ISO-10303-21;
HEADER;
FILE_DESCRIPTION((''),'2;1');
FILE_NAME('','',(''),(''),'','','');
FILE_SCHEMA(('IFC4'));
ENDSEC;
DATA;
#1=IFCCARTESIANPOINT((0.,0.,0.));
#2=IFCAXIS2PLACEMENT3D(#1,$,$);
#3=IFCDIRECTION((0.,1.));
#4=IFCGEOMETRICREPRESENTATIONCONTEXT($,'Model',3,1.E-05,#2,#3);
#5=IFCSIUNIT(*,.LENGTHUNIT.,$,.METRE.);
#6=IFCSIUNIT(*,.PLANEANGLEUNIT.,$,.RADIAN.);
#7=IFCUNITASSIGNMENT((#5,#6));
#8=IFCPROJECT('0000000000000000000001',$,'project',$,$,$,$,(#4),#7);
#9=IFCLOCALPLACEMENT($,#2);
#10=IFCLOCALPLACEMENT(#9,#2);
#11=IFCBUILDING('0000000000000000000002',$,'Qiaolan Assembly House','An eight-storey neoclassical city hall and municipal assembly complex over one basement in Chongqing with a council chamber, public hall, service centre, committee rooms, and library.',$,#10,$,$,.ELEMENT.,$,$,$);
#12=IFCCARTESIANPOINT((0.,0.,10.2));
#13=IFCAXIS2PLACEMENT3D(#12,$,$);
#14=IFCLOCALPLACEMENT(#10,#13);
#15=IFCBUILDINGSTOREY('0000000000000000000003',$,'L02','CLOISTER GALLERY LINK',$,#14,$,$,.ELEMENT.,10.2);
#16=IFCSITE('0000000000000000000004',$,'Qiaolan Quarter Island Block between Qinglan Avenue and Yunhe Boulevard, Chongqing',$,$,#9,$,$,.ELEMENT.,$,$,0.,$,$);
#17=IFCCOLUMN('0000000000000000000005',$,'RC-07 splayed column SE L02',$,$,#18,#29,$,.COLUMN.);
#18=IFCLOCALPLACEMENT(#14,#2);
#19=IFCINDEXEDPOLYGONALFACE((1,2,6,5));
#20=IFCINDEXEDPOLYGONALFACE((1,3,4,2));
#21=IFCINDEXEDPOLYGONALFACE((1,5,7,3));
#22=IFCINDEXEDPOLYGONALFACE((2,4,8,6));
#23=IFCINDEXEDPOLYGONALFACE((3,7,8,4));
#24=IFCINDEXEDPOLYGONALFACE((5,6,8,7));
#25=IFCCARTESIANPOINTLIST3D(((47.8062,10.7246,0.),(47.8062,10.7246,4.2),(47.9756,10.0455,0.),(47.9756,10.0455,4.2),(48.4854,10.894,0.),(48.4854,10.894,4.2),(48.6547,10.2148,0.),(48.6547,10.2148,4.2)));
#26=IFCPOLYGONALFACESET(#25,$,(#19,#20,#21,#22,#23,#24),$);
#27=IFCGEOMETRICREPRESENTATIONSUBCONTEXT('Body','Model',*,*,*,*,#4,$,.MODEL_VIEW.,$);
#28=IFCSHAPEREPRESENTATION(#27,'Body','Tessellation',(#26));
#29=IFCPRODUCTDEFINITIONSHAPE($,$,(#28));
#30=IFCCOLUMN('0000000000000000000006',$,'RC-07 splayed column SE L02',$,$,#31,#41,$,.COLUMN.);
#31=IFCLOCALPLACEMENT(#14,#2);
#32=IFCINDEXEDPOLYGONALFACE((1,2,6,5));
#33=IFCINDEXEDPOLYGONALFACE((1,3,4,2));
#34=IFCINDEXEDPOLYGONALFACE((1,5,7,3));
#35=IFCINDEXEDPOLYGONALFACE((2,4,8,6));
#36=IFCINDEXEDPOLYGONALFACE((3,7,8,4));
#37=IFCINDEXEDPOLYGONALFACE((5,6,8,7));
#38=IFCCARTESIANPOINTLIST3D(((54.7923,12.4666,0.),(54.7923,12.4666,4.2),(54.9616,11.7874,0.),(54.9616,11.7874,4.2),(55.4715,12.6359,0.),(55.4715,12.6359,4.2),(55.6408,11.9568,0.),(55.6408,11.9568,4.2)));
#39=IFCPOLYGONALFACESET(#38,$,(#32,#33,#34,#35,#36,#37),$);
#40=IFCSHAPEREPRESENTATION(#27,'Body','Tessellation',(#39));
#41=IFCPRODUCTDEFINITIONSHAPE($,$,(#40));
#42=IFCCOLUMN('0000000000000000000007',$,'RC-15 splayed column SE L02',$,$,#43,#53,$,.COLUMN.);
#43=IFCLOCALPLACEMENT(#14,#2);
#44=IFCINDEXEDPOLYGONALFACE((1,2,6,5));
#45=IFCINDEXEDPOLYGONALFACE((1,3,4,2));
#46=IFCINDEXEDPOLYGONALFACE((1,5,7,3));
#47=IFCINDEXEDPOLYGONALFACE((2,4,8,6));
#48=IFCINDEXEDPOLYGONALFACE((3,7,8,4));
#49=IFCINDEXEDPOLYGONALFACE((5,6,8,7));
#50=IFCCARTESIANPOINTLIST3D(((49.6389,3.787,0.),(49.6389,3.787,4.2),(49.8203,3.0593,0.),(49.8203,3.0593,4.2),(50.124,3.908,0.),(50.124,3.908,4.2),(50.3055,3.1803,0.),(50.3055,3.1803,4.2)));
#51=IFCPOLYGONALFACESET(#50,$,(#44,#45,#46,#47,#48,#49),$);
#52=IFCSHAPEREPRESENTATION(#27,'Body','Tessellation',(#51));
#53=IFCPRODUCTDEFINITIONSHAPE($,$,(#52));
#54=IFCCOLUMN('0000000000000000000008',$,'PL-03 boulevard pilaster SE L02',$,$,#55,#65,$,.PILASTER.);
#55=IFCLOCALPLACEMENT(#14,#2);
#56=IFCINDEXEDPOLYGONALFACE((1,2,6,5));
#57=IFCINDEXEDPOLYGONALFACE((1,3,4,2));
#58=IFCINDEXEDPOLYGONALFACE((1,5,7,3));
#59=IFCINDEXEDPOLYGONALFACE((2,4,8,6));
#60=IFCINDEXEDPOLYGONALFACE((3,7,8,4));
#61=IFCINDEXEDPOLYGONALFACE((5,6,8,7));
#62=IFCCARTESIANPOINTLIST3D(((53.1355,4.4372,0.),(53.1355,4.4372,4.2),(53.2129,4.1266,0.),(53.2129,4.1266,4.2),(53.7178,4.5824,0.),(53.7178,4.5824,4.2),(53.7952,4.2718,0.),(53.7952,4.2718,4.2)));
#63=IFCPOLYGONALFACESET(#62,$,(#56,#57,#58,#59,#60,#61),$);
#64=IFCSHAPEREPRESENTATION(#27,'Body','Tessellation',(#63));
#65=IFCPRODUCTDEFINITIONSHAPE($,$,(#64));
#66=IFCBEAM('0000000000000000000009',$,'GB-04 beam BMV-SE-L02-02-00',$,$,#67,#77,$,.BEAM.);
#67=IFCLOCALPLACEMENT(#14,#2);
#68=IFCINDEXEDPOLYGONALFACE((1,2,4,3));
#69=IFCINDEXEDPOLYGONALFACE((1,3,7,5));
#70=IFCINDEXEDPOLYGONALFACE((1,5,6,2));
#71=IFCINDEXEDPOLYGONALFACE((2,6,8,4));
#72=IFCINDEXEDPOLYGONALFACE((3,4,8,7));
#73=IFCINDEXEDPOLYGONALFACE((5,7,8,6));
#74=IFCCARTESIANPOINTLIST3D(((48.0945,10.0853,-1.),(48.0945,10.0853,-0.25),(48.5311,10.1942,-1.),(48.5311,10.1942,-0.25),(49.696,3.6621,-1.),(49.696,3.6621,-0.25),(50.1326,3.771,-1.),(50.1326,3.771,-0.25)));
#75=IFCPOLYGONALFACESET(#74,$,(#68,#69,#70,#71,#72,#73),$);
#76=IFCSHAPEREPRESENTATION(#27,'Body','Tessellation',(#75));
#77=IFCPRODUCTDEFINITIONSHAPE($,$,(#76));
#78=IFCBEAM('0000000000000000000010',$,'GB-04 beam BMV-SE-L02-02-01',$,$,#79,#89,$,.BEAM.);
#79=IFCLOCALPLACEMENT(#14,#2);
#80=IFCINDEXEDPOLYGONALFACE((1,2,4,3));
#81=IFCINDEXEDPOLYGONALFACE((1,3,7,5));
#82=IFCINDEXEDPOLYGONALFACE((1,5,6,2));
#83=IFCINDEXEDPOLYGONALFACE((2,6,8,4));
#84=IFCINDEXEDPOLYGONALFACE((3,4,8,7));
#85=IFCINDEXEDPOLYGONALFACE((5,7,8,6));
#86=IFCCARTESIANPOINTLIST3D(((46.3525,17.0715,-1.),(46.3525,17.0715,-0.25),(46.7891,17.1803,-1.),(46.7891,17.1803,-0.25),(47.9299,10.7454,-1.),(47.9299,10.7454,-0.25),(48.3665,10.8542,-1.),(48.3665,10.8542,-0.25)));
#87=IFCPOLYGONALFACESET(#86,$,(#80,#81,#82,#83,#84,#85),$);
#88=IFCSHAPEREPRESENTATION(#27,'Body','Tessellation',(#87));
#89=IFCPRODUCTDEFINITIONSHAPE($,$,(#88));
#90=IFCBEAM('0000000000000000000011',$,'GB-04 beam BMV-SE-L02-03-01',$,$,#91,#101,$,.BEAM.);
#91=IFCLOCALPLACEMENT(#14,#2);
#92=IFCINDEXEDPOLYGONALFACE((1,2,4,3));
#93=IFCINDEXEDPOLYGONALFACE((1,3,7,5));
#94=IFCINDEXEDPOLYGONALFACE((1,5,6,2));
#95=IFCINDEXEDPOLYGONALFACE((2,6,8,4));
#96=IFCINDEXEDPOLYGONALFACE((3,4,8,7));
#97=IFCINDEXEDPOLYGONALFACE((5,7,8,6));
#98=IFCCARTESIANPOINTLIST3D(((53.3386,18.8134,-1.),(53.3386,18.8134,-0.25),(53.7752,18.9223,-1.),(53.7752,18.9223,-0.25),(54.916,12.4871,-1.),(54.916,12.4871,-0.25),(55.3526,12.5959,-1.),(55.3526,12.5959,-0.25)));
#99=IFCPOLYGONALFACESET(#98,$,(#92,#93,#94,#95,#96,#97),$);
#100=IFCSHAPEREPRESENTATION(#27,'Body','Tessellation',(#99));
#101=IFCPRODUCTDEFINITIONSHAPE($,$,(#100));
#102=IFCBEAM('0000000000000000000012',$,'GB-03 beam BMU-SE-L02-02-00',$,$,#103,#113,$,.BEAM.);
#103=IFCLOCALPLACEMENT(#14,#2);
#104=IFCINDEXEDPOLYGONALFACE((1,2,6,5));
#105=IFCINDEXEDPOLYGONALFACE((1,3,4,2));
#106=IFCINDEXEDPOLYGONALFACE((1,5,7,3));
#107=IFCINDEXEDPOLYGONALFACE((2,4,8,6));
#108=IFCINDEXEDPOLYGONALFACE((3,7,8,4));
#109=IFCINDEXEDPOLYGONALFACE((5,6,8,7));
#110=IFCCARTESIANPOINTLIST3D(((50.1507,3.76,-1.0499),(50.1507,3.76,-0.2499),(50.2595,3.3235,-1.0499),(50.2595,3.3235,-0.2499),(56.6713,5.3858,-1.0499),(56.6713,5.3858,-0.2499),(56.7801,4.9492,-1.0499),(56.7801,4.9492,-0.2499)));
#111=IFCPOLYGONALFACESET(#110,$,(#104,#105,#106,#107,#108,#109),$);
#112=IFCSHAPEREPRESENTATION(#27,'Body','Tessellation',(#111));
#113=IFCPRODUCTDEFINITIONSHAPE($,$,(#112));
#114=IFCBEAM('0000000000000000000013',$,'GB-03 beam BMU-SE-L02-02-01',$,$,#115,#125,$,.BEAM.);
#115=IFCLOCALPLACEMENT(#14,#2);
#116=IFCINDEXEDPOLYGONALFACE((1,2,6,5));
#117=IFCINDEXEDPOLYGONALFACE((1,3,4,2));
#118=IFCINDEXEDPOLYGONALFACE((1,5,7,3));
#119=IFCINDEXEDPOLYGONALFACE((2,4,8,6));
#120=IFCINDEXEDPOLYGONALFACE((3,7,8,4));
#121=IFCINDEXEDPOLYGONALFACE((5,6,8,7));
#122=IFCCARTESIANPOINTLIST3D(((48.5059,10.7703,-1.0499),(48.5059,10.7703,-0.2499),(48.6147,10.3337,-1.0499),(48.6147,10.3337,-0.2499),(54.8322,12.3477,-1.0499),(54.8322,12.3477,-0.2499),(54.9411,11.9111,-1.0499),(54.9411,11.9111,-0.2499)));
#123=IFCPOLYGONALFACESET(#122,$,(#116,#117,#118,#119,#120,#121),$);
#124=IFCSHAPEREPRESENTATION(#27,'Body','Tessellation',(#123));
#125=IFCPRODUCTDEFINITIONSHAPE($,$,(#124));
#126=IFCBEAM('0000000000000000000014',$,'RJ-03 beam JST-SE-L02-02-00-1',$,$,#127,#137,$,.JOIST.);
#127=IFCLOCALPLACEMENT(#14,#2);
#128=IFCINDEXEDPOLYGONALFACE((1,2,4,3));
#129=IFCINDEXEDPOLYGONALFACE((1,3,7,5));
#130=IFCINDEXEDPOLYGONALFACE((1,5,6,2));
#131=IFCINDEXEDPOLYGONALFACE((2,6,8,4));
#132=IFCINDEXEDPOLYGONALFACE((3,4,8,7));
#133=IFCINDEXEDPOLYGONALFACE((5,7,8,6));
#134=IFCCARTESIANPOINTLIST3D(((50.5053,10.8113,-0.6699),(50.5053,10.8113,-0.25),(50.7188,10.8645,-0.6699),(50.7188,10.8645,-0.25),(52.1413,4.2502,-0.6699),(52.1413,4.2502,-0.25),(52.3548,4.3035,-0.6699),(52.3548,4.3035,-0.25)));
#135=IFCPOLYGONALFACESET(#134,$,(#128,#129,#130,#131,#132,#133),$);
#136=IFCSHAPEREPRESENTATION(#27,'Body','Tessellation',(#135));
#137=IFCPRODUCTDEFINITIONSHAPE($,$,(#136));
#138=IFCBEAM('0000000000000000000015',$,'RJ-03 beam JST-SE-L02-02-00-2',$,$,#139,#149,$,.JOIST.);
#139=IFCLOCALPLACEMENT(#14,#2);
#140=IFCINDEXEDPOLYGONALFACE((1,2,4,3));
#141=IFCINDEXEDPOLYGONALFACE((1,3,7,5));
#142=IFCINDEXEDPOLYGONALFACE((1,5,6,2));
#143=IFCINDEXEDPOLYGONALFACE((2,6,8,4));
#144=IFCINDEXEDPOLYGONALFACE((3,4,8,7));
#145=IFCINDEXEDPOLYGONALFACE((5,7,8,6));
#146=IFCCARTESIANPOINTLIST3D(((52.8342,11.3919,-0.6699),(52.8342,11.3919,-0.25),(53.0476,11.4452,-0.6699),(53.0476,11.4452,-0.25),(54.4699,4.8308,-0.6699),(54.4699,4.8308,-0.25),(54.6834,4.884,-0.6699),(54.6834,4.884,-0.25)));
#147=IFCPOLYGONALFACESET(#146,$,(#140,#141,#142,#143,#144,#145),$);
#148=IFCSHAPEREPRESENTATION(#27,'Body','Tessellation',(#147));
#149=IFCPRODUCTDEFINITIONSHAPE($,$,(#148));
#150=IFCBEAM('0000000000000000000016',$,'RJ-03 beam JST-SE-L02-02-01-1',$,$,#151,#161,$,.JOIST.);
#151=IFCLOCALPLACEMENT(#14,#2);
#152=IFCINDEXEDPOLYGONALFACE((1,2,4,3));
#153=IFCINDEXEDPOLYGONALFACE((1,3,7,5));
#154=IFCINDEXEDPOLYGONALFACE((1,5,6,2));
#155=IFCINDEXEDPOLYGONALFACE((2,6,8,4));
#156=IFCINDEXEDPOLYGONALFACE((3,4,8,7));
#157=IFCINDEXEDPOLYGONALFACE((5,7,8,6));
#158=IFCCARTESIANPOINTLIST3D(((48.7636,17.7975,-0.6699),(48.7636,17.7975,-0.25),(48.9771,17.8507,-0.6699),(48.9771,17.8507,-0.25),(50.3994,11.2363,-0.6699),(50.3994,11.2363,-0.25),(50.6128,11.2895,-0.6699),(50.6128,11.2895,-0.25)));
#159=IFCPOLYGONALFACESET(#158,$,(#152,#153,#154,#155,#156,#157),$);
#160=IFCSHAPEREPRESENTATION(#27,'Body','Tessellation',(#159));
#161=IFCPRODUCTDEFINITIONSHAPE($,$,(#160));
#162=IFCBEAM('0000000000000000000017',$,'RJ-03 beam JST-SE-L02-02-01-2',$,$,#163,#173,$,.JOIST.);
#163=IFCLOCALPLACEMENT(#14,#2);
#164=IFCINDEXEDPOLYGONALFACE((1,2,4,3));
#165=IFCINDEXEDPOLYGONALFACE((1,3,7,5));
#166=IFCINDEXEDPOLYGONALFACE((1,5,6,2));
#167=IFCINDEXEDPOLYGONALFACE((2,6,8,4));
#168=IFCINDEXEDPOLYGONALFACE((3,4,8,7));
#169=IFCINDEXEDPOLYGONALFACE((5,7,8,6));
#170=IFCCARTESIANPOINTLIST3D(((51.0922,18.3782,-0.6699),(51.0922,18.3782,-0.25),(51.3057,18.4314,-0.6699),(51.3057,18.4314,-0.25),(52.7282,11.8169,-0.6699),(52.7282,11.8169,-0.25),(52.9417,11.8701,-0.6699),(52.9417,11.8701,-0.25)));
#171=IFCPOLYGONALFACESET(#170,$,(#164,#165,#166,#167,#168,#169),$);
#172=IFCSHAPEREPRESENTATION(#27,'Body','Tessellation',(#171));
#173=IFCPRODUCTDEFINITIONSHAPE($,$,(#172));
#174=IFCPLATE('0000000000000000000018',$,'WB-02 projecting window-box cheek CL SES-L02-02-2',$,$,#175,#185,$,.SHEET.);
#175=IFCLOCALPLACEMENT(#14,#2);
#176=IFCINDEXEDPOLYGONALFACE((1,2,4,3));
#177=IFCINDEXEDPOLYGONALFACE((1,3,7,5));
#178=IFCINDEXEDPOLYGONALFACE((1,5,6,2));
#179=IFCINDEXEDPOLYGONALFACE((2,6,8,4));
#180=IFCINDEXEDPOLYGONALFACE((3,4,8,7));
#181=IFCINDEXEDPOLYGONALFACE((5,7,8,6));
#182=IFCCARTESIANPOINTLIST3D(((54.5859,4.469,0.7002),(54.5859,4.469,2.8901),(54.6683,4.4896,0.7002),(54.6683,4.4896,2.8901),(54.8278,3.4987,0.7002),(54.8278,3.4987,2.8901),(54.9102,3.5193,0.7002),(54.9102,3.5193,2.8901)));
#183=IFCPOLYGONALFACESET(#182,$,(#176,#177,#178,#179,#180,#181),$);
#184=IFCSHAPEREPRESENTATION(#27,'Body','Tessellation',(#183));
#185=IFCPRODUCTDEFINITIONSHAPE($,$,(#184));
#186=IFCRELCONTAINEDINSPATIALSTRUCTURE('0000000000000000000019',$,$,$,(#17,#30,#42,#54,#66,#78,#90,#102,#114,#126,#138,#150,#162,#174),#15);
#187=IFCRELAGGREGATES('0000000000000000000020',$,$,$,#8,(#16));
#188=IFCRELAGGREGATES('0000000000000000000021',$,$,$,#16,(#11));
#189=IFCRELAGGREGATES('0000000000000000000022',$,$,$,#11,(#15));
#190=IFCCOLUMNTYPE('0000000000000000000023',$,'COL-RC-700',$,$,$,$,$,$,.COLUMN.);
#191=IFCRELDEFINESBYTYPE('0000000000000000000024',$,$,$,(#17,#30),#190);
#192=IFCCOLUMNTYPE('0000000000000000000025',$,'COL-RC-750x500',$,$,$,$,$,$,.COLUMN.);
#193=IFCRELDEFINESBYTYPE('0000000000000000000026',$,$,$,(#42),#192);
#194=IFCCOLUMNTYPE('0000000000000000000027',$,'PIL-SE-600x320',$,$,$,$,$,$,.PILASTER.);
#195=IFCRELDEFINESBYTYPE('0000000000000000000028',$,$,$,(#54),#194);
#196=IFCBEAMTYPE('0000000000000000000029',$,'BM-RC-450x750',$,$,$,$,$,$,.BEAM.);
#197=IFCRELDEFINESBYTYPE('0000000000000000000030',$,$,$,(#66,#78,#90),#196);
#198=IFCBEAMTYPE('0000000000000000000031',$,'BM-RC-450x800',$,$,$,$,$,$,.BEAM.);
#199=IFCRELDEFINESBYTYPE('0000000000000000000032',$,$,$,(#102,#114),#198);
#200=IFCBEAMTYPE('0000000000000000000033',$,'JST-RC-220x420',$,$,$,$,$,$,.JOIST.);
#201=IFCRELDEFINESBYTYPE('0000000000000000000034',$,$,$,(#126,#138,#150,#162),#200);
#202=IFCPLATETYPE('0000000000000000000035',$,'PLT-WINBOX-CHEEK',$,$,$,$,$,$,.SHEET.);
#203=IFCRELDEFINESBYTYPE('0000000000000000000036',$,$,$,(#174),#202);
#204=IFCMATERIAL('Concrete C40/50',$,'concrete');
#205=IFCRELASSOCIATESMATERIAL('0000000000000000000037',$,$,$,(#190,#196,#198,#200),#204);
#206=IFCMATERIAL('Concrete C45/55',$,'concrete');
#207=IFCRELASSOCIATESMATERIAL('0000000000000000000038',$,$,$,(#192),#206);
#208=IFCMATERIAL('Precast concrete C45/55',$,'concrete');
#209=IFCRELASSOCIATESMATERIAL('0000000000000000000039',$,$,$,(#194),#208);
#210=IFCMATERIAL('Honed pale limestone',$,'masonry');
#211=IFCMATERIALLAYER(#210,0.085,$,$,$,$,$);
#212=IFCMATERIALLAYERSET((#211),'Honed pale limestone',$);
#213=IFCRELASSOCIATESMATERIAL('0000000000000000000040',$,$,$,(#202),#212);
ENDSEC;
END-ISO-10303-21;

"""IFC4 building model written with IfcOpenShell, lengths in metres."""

from ifc_helpers import new_model, si_unit, direction, frame, origin, origin_2d, place, context, subcontext, project, spatial, rectangle, extrude, material, layer, layer_set, material_profile, profile_set, type_object, element, save


model = new_model("IFC4")

# Units and contexts
model_context = context("Model", 3, precision=1e-05, world=origin(), true_north=direction((0.0, 1.0)))
body_context = subcontext(model_context, "Body", "Model", "MODEL_VIEW")
ifc_project = project(units=[si_unit("LENGTHUNIT", "METRE"), si_unit("PLANEANGLEUNIT", "RADIAN")], contexts=[model_context])

# Site, building, storey
site_placement = place(None, origin())
site = spatial("IfcSite", under=ifc_project, at=site_placement, Name="Qiaolan Quarter Island Block between Qinglan Avenue and Yunhe Boulevard, Chongqing", CompositionType="ELEMENT", RefElevation=0.0)
building_placement = place(site_placement, origin())
building = spatial("IfcBuilding", under=site, at=building_placement, Name="Qiaolan Assembly House", Description="An eight-storey neoclassical city hall and municipal assembly complex over one basement in Chongqing with a council chamber, public hall, service centre, committee rooms, and library.", CompositionType="ELEMENT")
storey_placement = place(building_placement, frame((0.0, 0.0, 10.2)))
storey = spatial("IfcBuildingStorey", under=building, at=storey_placement, Name="L02", Description="CLOISTER GALLERY LINK", CompositionType="ELEMENT", Elevation=10.2)

# Columns
ifc_material_1 = material(Name="Concrete C40/50", Category="concrete")
ifc_material_profile_1 = material_profile(ifc_material_1, rectangle(XDim=0.7, YDim=0.7, at=origin_2d()), Name="RC 700x700")
ifc_profile_set_1 = profile_set([ifc_material_profile_1], Name="Concrete C40/50")
column_type_1 = type_object("IfcColumnType", Name="COL-RC-700", PredefinedType="COLUMN", material=ifc_profile_set_1)
for number, where, z_axis, x_axis, name in (
    (1, (48.2305, 10.4697, 0.0), (0.0, 0.0, 1.0), (0.970296, 0.241922, 0.0), "RC-07 splayed column SE L02"),
    (2, (55.2166, 12.2117, 0.0), (0.0, 0.0, 1.0), (0.970296, 0.241922, 0.0), "RC-07 splayed column SE L02"),
):
    element("IfcColumn", number, at=place(storey_placement, frame(where, z_axis=z_axis, x_axis=x_axis)), inside=storey, type_object=column_type_1, Name=name, PredefinedType="COLUMN", context=body_context, shape_type="SweptSolid", body=[
        extrude(rectangle(XDim=0.7, YDim=0.7, at=origin_2d()), origin(), (0.0, 0.0, 1.0), 4.2),
    ])
ifc_material_2 = material(Name="Concrete C45/55", Category="concrete")
ifc_material_profile_2 = material_profile(ifc_material_2, rectangle(XDim=0.5, YDim=0.75, at=origin_2d()), Name="RC 750x500")
ifc_profile_set_2 = profile_set([ifc_material_profile_2], Name="Concrete C45/55")
column_type_2 = type_object("IfcColumnType", Name="COL-RC-750x500", PredefinedType="COLUMN", material=ifc_profile_set_2)
column_1_placement = place(storey_placement, frame((49.9722, 3.4836, 0.0), z_axis=(0.0, 0.0, 1.0), x_axis=(0.970296, 0.241922, 0.0)))
element("IfcColumn", 3, at=column_1_placement, inside=storey, type_object=column_type_2, Name="RC-15 splayed column SE L02", PredefinedType="COLUMN", context=body_context, shape_type="SweptSolid", body=[
    extrude(rectangle(XDim=0.5, YDim=0.75, at=origin_2d()), origin(), (0.0, 0.0, 1.0), 4.2),
])
ifc_material_3 = material(Name="Precast concrete C45/55", Category="concrete")
ifc_material_profile_3 = material_profile(ifc_material_3, rectangle(XDim=0.6001, YDim=0.3201, at=origin_2d()), Name="PIL 600x320")
ifc_profile_set_3 = profile_set([ifc_material_profile_3], Name="Precast concrete C45/55")
column_type_3 = type_object("IfcColumnType", Name="PIL-SE-600x320", PredefinedType="PILASTER", material=ifc_profile_set_3)
column_2_placement = place(storey_placement, frame((53.4653, 4.3545, 0.0), z_axis=(0.0, 0.0, 1.0), x_axis=(0.970296, 0.241922, 0.0)))
element("IfcColumn", 4, at=column_2_placement, inside=storey, type_object=column_type_3, Name="PL-03 boulevard pilaster SE L02", PredefinedType="PILASTER", context=body_context, shape_type="SweptSolid", body=[
    extrude(rectangle(XDim=0.6001, YDim=0.3201, at=origin_2d()), origin(), (0.0, 0.0, 1.0), 4.2),
])

# Beams
ifc_material_profile_4 = material_profile(ifc_material_1, rectangle(XDim=0.45, YDim=0.75, at=origin_2d()), Name="RCB 450x750")
ifc_profile_set_4 = profile_set([ifc_material_profile_4], Name="Concrete C40/50")
beam_type_1 = type_object("IfcBeamType", Name="BM-RC-450x750", PredefinedType="BEAM", material=ifc_profile_set_4)
beam_1_placement = place(storey_placement, frame((49.9143, 3.7166, -0.625), z_axis=(-0.241928, 0.970294, 0.0), x_axis=(-0.970294, -0.241928, 0.0)))
element("IfcBeam", 5, at=beam_1_placement, inside=storey, type_object=beam_type_1, Name="GB-04 beam BMV-SE-L02-02-00", PredefinedType="BEAM", context=body_context, shape_type="SweptSolid", body=[
    extrude(rectangle(XDim=0.45, YDim=0.75, at=origin_2d()), origin(), (0.0, 0.0, 1.0), 6.6199),
])
beam_2_placement = place(storey_placement, frame((48.1482, 10.7998, -0.625), z_axis=(-0.241936, 0.970292, 0.0), x_axis=(-0.970292, -0.241936, 0.0)))
element("IfcBeam", 6, at=beam_2_placement, inside=storey, type_object=beam_type_1, Name="GB-04 beam BMV-SE-L02-02-01", PredefinedType="BEAM", context=body_context, shape_type="SweptSolid", body=[
    extrude(rectangle(XDim=0.45, YDim=0.75, at=origin_2d()), origin(), (0.0, 0.0, 1.0), 6.5198),
])
beam_3_placement = place(storey_placement, frame((55.1343, 12.5415, -0.625), z_axis=(-0.241928, 0.970294, 0.0), x_axis=(-0.970294, -0.241928, 0.0)))
element("IfcBeam", 7, at=beam_3_placement, inside=storey, type_object=beam_type_1, Name="GB-04 beam BMV-SE-L02-03-01", PredefinedType="BEAM", context=body_context, shape_type="SweptSolid", body=[
    extrude(rectangle(XDim=0.45, YDim=0.75, at=origin_2d()), origin(), (0.0, 0.0, 1.0), 6.52),
])
ifc_material_profile_5 = material_profile(ifc_material_1, rectangle(XDim=0.45, YDim=0.8, at=origin_2d()), Name="RCB 450x800")
ifc_profile_set_5 = profile_set([ifc_material_profile_5], Name="Concrete C40/50")
beam_type_2 = type_object("IfcBeamType", Name="BM-RC-450x800", PredefinedType="BEAM", material=ifc_profile_set_5)
beam_4_placement = place(storey_placement, frame((50.2051, 3.5417, -0.6499), z_axis=(0.970296, 0.24192, 0.0), x_axis=(-0.24192, 0.970296, 0.0)))
element("IfcBeam", 8, at=beam_4_placement, inside=storey, type_object=beam_type_2, Name="GB-03 beam BMU-SE-L02-02-00", PredefinedType="BEAM", context=body_context, shape_type="SweptSolid", body=[
    extrude(rectangle(XDim=0.45, YDim=0.8, at=origin_2d()), origin(), (0.0, 0.0, 1.0), 6.7202),
])
beam_5_placement = place(storey_placement, frame((48.5603, 10.552, -0.6499), z_axis=(0.970294, 0.241928, 0.0), x_axis=(-0.241928, 0.970294, 0.0)))
element("IfcBeam", 9, at=beam_5_placement, inside=storey, type_object=beam_type_2, Name="GB-03 beam BMU-SE-L02-02-01", PredefinedType="BEAM", context=body_context, shape_type="SweptSolid", body=[
    extrude(rectangle(XDim=0.45, YDim=0.8, at=origin_2d()), origin(), (0.0, 0.0, 1.0), 6.52),
])
ifc_material_profile_6 = material_profile(ifc_material_1, rectangle(XDim=0.22, YDim=0.4199, at=origin_2d()), Name="RCB 220x420")
ifc_profile_set_6 = profile_set([ifc_material_profile_6], Name="Concrete C40/50")
beam_type_3 = type_object("IfcBeamType", Name="JST-RC-220x420", PredefinedType="JOIST", material=ifc_profile_set_6)
for number, where, z_axis, x_axis, name in (
    (10, (52.248, 4.2769, -0.46), (-0.241941, 0.970291, 0.0), (-0.970291, -0.241941, 0.0), "RJ-03 beam JST-SE-L02-02-00-1"),
    (11, (54.5767, 4.8574, -0.46), (-0.241907, 0.970299, 0.0), (-0.970299, -0.241907, 0.0), "RJ-03 beam JST-SE-L02-02-00-2"),
    (12, (50.5061, 11.2629, -0.46), (-0.241907, 0.970299, 0.0), (-0.970299, -0.241907, 0.0), "RJ-03 beam JST-SE-L02-02-01-1"),
):
    element("IfcBeam", number, at=place(storey_placement, frame(where, z_axis=z_axis, x_axis=x_axis)), inside=storey, type_object=beam_type_3, Name=name, PredefinedType="JOIST", context=body_context, shape_type="SweptSolid", body=[
        extrude(rectangle(XDim=0.22, YDim=0.4199, at=origin_2d()), origin(), (0.0, 0.0, 1.0), 6.762),
    ])
beam_6_placement = place(storey_placement, frame((52.835, 11.8435, -0.46), z_axis=(-0.241932, 0.970293, 0.0), x_axis=(-0.970293, -0.241932, 0.0)))
element("IfcBeam", 13, at=beam_6_placement, inside=storey, type_object=beam_type_3, Name="RJ-03 beam JST-SE-L02-02-01-2", PredefinedType="JOIST", context=body_context, shape_type="SweptSolid", body=[
    extrude(rectangle(XDim=0.22, YDim=0.4199, at=origin_2d()), origin(), (0.0, 0.0, 1.0), 6.7622),
])

# Plate
ifc_material_4 = material(Name="Honed pale limestone", Category="masonry")
ifc_layer_1 = layer(ifc_material_4, 0.085)
ifc_layer_set_1 = layer_set([ifc_layer_1], Name="Honed pale limestone")
plate_type = type_object("IfcPlateType", Name="PLT-WINBOX-CHEEK", PredefinedType="SHEET", material=ifc_layer_set_1)
plate_placement = place(storey_placement, frame((54.748, 3.9941, 0.7002), z_axis=(0.0, 0.0, 1.0), x_axis=(0.970296, 0.241922, 0.0)))
element("IfcPlate", 14, at=plate_placement, inside=storey, type_object=plate_type, Name="WB-02 projecting window-box cheek CL SES-L02-02-2", PredefinedType="SHEET", context=body_context, shape_type="SweptSolid", body=[
    extrude(rectangle(XDim=0.085, YDim=1.0, at=origin_2d()), origin(), (0.0, 0.0, 1.0), 2.1899),
])

save(model, "model.ifc")
